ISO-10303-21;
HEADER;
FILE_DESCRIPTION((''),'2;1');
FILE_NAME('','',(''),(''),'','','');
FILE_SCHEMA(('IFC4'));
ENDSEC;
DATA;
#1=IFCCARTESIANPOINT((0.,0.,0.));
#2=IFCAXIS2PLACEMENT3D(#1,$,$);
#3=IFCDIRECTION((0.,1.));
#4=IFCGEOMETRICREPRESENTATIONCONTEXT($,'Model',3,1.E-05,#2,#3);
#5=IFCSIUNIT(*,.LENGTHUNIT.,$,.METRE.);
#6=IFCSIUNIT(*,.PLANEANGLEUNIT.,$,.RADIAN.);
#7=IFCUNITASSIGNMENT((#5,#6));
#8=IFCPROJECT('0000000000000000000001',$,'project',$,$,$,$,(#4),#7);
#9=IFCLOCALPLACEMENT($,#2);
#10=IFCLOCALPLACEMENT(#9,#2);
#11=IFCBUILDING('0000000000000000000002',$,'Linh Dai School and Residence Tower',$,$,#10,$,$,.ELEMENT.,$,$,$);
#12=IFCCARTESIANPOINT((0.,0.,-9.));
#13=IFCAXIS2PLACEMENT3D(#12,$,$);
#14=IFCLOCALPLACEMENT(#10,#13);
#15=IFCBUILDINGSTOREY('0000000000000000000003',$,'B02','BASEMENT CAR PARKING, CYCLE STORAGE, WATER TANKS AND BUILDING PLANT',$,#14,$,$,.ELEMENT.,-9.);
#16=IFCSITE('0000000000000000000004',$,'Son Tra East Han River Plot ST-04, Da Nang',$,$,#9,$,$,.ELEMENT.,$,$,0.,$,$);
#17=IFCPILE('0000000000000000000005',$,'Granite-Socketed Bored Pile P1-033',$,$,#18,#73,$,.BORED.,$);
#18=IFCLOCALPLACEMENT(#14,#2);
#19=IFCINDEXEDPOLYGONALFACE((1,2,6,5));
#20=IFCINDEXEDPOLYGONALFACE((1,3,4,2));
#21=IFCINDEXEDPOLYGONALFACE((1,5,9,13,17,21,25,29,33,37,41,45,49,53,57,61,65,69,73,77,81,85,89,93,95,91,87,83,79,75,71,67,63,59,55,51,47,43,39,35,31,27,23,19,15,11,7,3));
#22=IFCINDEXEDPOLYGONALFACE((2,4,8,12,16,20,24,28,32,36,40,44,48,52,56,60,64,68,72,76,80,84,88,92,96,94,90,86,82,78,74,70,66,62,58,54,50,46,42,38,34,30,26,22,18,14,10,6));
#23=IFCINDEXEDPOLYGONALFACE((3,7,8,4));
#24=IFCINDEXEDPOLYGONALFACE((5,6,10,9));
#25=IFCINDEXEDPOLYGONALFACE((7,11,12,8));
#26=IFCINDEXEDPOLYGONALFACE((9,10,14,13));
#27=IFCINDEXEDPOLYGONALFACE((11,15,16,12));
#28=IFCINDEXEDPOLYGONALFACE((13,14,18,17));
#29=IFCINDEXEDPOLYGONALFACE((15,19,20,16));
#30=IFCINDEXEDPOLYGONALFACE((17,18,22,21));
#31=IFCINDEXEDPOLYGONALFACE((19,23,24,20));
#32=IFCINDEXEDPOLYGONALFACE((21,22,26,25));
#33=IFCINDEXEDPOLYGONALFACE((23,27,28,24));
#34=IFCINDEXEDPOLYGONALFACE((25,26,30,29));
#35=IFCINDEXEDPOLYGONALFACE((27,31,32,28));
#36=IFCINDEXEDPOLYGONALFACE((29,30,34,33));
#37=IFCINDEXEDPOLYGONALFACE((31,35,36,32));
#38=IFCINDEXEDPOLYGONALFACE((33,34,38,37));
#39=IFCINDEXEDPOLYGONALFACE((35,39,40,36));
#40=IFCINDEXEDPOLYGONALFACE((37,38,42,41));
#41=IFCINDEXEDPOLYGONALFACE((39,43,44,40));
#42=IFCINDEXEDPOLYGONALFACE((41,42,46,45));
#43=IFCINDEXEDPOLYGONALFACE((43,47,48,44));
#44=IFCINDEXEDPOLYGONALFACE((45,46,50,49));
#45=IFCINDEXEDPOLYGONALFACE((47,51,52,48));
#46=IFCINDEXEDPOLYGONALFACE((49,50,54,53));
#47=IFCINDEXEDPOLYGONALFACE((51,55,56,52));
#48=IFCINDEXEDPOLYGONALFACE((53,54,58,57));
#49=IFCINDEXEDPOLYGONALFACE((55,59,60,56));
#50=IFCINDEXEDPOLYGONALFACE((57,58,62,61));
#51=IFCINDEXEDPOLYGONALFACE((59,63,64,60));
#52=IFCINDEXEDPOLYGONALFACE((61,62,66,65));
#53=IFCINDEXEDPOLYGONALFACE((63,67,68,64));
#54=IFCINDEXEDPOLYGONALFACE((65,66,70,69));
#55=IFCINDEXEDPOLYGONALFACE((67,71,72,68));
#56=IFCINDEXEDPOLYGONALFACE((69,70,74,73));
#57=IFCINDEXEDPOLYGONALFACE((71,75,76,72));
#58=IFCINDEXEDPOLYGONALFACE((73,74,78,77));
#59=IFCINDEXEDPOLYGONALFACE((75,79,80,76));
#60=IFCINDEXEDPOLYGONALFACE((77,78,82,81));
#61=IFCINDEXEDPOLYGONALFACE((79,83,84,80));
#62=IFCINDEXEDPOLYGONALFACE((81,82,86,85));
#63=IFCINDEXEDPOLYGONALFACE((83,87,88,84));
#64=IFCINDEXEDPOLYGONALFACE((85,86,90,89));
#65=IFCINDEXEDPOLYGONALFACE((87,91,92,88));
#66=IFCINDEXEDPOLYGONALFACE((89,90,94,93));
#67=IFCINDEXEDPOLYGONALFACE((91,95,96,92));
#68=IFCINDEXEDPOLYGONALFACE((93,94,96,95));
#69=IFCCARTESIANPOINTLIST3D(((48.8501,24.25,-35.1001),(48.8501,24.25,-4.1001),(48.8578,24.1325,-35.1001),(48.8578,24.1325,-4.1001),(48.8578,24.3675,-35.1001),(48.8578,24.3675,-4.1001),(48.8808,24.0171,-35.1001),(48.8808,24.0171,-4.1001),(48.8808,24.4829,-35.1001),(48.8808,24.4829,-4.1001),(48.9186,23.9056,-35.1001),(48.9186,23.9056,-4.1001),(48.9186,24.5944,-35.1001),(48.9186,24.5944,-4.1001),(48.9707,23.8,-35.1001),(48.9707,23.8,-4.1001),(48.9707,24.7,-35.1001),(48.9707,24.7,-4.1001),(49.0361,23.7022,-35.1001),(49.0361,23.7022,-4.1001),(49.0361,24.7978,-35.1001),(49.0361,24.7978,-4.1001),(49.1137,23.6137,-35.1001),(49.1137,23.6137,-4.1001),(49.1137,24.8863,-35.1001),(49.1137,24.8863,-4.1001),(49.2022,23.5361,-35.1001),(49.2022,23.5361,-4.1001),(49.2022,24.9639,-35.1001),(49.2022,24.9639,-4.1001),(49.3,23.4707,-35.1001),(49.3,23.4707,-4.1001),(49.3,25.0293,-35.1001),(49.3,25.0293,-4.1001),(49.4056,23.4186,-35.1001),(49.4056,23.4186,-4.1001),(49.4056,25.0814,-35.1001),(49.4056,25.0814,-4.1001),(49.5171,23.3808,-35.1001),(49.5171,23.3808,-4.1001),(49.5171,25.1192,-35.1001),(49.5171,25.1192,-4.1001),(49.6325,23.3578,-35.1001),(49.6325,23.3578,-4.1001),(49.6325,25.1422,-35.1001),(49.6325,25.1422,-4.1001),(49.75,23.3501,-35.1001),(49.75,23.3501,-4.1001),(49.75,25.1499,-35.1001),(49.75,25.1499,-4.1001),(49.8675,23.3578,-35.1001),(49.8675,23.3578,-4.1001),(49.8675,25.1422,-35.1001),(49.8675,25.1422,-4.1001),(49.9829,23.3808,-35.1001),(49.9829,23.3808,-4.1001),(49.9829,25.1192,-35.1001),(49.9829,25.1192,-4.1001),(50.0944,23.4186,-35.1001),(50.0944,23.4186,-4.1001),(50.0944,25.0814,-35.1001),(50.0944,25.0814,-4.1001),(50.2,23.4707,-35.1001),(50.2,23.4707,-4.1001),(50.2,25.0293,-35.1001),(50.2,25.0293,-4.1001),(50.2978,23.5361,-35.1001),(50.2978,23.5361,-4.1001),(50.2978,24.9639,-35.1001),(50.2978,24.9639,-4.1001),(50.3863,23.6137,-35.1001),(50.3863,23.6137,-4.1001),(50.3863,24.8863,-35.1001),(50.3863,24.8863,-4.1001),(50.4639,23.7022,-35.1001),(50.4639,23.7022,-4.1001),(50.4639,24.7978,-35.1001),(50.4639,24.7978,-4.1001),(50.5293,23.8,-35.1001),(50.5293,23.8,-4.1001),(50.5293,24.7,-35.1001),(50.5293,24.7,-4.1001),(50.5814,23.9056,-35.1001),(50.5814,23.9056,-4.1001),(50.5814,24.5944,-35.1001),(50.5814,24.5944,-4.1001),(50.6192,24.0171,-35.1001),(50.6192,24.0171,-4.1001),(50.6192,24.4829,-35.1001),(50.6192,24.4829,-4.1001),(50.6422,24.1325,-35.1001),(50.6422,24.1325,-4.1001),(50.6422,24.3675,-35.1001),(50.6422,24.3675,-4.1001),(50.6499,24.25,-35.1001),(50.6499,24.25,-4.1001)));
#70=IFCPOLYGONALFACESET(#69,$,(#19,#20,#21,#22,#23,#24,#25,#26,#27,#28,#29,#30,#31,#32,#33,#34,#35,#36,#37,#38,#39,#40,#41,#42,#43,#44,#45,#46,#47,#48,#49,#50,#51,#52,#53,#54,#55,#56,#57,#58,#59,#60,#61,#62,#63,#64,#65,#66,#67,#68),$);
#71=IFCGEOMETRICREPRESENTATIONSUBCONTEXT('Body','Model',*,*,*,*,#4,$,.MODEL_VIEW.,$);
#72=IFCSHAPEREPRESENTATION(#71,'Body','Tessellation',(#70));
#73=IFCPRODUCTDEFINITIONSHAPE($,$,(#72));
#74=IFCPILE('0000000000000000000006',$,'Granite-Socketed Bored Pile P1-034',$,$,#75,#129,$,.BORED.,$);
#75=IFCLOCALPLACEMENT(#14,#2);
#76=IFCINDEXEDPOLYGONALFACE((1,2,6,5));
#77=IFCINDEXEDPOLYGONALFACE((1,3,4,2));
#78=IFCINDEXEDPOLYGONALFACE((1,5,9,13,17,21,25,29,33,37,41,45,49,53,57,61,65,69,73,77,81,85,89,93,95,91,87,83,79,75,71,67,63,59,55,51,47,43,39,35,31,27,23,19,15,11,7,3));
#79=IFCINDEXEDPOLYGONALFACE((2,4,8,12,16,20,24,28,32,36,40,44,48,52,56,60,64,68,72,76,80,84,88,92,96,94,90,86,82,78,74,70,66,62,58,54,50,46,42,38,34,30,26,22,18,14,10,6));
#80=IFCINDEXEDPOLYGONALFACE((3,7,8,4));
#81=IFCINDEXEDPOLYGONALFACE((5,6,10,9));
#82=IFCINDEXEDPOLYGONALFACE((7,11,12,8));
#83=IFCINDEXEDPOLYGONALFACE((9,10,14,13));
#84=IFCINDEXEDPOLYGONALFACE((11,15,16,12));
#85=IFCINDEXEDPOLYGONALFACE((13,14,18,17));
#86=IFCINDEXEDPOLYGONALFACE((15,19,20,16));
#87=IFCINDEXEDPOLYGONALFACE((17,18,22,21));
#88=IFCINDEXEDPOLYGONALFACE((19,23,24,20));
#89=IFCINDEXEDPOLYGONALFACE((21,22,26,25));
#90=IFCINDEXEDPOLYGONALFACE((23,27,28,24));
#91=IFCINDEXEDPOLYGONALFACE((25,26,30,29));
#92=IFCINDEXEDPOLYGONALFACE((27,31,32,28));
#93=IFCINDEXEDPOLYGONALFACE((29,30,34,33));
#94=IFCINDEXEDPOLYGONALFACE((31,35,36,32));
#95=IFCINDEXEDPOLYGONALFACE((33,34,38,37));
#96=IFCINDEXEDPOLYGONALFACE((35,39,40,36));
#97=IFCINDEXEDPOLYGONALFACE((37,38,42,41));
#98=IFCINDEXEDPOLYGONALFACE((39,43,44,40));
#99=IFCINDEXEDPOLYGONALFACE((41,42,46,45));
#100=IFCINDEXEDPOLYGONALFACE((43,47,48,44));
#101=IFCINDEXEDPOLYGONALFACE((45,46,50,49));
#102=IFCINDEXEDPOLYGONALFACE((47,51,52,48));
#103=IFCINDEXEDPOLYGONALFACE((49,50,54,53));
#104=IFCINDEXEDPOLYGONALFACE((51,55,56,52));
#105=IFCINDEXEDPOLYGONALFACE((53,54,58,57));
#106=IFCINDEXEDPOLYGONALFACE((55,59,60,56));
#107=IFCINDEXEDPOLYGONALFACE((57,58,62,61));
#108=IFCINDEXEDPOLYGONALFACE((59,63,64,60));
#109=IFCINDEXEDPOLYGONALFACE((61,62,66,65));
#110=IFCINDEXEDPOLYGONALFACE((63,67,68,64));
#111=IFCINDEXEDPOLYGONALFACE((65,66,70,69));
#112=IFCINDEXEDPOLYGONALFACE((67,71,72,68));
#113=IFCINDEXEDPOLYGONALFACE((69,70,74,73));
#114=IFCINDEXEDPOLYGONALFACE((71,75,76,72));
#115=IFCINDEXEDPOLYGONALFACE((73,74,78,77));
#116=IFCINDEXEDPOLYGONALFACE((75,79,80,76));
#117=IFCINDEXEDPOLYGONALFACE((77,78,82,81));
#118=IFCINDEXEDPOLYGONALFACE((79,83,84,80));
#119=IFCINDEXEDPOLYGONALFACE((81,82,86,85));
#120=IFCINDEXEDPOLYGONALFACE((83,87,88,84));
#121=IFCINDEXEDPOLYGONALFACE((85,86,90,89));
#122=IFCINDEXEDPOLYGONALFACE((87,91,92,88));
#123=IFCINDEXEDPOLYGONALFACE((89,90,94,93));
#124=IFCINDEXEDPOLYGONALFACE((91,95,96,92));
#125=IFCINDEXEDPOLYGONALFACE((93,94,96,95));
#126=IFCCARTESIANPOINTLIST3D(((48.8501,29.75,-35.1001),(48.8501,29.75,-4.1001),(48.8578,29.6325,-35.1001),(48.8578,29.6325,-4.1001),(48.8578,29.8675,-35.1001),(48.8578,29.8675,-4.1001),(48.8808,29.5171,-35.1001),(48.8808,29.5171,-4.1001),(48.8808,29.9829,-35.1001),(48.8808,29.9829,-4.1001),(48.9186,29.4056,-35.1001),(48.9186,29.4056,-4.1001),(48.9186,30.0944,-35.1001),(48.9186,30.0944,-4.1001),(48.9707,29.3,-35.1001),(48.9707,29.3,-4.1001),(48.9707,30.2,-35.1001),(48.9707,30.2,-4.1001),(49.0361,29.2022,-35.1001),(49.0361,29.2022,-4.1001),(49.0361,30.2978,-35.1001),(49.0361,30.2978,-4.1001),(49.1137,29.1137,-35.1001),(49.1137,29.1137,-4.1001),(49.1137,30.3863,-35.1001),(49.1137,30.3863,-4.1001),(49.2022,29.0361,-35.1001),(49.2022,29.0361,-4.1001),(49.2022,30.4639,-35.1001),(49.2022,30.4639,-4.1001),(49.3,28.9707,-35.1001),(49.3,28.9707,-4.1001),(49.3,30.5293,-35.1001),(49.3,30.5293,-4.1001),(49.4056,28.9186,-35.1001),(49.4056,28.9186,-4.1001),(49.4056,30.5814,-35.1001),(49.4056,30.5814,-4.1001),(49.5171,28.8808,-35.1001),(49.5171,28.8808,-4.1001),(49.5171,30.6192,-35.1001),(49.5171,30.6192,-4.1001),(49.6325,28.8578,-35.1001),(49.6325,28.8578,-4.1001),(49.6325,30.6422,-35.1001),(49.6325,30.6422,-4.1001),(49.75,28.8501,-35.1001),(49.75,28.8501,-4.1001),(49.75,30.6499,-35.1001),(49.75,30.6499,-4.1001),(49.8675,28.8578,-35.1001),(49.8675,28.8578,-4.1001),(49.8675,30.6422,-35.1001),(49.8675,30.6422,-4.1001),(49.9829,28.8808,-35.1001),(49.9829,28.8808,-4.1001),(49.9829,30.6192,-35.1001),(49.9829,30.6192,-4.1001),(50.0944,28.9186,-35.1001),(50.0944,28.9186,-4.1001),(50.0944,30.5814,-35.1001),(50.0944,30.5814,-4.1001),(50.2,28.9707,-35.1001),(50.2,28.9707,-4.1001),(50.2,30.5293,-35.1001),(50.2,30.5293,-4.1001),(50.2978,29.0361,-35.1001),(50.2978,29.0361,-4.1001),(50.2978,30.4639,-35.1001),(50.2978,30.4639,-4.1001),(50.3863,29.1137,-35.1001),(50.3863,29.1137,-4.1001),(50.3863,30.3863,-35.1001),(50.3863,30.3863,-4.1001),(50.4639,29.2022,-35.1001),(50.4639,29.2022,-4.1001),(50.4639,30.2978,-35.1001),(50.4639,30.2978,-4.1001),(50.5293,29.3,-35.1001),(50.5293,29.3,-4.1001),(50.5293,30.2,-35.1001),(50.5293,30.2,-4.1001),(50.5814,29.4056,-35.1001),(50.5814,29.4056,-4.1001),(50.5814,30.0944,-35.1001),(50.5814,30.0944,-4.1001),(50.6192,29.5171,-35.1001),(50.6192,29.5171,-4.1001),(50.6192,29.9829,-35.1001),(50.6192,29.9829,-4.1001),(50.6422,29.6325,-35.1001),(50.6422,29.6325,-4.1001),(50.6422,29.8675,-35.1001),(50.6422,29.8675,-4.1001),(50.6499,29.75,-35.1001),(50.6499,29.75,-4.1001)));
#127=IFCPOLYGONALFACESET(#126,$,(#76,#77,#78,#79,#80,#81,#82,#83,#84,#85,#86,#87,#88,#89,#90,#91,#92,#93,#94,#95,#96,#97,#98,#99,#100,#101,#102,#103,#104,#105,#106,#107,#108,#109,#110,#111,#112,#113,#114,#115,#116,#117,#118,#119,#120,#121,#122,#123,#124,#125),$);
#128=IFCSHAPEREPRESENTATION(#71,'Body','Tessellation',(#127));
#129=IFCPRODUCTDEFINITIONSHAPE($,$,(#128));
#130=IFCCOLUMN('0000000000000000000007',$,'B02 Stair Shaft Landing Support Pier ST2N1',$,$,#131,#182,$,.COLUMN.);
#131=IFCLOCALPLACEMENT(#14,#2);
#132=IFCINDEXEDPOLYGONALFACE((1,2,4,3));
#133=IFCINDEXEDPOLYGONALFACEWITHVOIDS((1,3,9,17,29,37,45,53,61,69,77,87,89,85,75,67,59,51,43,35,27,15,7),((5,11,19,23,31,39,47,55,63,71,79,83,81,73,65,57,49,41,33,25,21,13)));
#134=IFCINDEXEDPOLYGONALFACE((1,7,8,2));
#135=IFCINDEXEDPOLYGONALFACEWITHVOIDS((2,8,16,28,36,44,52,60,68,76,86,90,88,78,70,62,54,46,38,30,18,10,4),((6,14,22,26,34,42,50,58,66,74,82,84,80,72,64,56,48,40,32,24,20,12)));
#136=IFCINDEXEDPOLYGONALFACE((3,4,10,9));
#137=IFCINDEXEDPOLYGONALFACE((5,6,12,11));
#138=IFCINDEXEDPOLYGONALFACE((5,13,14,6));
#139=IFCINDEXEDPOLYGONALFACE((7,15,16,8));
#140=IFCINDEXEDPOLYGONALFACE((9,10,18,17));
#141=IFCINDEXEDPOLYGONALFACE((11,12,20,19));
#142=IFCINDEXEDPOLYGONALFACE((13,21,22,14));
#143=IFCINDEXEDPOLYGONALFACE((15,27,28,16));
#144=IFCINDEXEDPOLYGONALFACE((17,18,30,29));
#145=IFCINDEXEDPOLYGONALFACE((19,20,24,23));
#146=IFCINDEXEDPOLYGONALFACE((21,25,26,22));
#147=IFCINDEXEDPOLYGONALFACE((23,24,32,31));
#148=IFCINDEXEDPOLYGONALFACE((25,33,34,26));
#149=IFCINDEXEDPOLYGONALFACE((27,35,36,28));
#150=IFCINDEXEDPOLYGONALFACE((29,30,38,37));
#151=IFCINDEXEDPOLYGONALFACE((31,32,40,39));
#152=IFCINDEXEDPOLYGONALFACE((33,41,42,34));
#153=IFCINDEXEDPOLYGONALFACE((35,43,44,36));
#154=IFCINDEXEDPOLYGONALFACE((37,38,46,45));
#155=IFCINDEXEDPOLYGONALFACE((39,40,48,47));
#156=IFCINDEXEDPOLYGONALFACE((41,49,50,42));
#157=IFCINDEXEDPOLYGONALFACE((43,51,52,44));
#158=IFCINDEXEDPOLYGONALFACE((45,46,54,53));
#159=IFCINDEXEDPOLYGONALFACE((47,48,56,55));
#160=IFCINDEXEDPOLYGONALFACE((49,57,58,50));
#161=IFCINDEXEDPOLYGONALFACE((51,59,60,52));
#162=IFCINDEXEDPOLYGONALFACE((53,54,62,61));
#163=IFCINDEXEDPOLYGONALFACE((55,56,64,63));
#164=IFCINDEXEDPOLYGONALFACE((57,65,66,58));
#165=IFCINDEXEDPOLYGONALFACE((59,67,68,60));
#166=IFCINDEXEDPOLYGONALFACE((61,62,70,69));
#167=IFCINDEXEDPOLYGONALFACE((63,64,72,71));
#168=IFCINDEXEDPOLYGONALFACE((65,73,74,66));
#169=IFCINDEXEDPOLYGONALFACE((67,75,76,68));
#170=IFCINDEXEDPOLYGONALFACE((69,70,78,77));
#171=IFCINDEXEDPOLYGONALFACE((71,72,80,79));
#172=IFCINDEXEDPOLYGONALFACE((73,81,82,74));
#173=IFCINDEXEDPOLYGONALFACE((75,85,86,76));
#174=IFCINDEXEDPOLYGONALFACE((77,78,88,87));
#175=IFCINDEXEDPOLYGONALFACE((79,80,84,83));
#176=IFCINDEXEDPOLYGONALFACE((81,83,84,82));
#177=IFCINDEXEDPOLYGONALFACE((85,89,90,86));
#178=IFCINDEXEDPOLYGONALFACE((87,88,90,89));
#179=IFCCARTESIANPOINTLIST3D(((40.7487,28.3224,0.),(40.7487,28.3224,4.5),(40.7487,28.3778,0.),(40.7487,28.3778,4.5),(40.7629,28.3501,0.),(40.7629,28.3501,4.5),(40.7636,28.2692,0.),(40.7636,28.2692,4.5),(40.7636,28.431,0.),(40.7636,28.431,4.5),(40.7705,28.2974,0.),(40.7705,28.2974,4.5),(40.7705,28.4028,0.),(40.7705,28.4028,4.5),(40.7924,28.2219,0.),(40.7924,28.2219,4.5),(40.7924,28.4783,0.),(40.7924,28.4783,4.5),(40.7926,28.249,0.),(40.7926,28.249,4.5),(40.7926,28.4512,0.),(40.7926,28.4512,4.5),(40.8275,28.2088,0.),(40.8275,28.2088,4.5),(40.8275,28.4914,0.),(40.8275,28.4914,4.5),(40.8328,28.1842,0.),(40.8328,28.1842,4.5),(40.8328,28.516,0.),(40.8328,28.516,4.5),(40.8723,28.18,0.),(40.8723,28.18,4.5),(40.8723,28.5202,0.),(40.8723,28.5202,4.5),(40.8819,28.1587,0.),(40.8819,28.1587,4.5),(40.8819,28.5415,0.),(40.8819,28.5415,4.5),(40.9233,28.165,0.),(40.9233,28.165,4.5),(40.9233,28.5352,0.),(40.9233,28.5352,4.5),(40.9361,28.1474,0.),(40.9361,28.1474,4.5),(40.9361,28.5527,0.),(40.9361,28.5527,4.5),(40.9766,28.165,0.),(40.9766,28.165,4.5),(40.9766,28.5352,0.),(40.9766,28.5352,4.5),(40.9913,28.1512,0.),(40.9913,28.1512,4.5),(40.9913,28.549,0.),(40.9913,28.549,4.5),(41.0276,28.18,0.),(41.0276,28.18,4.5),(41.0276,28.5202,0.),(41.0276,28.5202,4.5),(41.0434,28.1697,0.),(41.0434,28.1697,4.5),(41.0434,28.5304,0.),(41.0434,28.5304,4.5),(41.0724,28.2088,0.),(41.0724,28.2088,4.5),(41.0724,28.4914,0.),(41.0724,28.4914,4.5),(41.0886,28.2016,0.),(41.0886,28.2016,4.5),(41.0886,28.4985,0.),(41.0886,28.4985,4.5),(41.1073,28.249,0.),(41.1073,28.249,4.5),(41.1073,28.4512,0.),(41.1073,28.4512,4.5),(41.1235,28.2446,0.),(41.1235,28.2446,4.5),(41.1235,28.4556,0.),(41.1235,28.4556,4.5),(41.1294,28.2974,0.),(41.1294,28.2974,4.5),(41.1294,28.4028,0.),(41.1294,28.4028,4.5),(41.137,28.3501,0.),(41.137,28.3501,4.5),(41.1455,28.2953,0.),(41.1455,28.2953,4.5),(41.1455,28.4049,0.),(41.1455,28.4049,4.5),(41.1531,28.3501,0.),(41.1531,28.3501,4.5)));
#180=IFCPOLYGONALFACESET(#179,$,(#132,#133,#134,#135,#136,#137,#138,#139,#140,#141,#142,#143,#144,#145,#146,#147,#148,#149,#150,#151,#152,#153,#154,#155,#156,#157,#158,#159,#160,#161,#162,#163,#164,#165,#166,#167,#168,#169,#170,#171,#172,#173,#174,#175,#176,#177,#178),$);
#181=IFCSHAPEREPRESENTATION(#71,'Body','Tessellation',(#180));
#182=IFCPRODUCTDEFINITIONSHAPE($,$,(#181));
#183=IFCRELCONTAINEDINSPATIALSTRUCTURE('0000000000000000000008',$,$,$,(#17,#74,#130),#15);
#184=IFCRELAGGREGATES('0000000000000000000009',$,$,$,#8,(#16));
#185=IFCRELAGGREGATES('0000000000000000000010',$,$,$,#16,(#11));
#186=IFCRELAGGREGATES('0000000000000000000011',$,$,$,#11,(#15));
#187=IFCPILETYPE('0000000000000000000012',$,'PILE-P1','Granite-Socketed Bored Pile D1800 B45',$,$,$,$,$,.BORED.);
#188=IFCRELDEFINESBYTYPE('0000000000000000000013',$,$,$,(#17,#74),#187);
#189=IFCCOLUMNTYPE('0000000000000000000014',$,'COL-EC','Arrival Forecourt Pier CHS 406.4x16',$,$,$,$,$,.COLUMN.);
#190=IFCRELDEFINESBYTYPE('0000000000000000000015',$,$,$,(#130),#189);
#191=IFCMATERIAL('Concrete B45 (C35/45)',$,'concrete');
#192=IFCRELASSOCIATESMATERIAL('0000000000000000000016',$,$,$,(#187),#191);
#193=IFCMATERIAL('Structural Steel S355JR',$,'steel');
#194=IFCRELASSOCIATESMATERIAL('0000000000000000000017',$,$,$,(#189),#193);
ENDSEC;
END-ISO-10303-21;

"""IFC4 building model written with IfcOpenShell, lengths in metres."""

from ifc_helpers import new_model, si_unit, direction, frame, origin, origin_2d, place, context, subcontext, project, spatial, circle, hollow_circle, extrude, material, material_profile, profile_set, type_object, element, save


model = new_model("IFC4")

# Units and contexts
model_context = context("Model", 3, precision=1e-05, world=origin(), true_north=direction((0.0, 1.0)))
body_context = subcontext(model_context, "Body", "Model", "MODEL_VIEW")
ifc_project = project(units=[si_unit("LENGTHUNIT", "METRE"), si_unit("PLANEANGLEUNIT", "RADIAN")], contexts=[model_context])

# Site, building, storey
site_placement = place(None, origin())
site = spatial("IfcSite", under=ifc_project, at=site_placement, Name="Son Tra East Han River Plot ST-04, Da Nang", CompositionType="ELEMENT", RefElevation=0.0)
building_placement = place(site_placement, origin())
building = spatial("IfcBuilding", under=site, at=building_placement, Name="Linh Dai School and Residence Tower", CompositionType="ELEMENT")
storey_placement = place(building_placement, frame((0.0, 0.0, -9.0)))
storey = spatial("IfcBuildingStorey", under=building, at=storey_placement, Name="B02", Description="BASEMENT CAR PARKING, CYCLE STORAGE, WATER TANKS AND BUILDING PLANT", CompositionType="ELEMENT", Elevation=-9.0)

# Piles
ifc_material_1 = material(Name="Concrete B45 (C35/45)", Category="concrete")
ifc_material_profile_1 = material_profile(ifc_material_1, circle(Radius=0.8999, at=origin_2d()), Name="PILE D1800")
ifc_profile_set_1 = profile_set([ifc_material_profile_1], Name="Concrete B45 (C35/45)")
pile_type = type_object("IfcPileType", Name="PILE-P1", Description="Granite-Socketed Bored Pile D1800 B45", PredefinedType="BORED", material=ifc_profile_set_1)
for number, where, z_axis, x_axis, name in (
    (1, (49.75, 24.25, -4.1001), (0.0, 0.0, -1.0), (1.0, 0.0, 0.0), "Granite-Socketed Bored Pile P1-033"),
    (2, (49.75, 29.75, -4.1001), (0.0, 0.0, -1.0), (1.0, 0.0, 0.0), "Granite-Socketed Bored Pile P1-034"),
):
    element("IfcPile", number, at=place(storey_placement, frame(where, z_axis=z_axis, x_axis=x_axis)), inside=storey, type_object=pile_type, Name=name, PredefinedType="BORED", context=body_context, shape_type="SweptSolid", body=[
        extrude(circle(Radius=0.8999, at=origin_2d()), origin(), (0.0, 0.0, 1.0), 31.0),
    ])

# Column
ifc_material_2 = material(Name="Structural Steel S355JR", Category="steel")
ifc_material_profile_2 = material_profile(ifc_material_2, hollow_circle(Radius=0.2031, WallThickness=0.0161, at=origin_2d()), Name="CHS 406.4x16")
ifc_profile_set_2 = profile_set([ifc_material_profile_2], Name="Structural Steel S355JR")
column_type_1 = type_object("IfcColumnType", Name="COL-EC", Description="Arrival Forecourt Pier CHS 406.4x16", PredefinedType="COLUMN", material=ifc_profile_set_2)
for number, where, z_axis, x_axis, name in (
    (3, (40.95, 28.3501, 0.0), (0.0, 0.0, 1.0), (1.0, 0.0, 0.0), "B02 Stair Shaft Landing Support Pier ST2N1"),
):
    element("IfcColumn", number, at=place(storey_placement, frame(where, z_axis=z_axis, x_axis=x_axis)), inside=storey, type_object=column_type_1, Name=name, PredefinedType="COLUMN", context=body_context, shape_type="SweptSolid", body=[
        extrude(hollow_circle(Radius=0.2031, WallThickness=0.0161, at=origin_2d()), origin(), (0.0, 0.0, 1.0), 4.5),
    ])

save(model, "model.ifc")
